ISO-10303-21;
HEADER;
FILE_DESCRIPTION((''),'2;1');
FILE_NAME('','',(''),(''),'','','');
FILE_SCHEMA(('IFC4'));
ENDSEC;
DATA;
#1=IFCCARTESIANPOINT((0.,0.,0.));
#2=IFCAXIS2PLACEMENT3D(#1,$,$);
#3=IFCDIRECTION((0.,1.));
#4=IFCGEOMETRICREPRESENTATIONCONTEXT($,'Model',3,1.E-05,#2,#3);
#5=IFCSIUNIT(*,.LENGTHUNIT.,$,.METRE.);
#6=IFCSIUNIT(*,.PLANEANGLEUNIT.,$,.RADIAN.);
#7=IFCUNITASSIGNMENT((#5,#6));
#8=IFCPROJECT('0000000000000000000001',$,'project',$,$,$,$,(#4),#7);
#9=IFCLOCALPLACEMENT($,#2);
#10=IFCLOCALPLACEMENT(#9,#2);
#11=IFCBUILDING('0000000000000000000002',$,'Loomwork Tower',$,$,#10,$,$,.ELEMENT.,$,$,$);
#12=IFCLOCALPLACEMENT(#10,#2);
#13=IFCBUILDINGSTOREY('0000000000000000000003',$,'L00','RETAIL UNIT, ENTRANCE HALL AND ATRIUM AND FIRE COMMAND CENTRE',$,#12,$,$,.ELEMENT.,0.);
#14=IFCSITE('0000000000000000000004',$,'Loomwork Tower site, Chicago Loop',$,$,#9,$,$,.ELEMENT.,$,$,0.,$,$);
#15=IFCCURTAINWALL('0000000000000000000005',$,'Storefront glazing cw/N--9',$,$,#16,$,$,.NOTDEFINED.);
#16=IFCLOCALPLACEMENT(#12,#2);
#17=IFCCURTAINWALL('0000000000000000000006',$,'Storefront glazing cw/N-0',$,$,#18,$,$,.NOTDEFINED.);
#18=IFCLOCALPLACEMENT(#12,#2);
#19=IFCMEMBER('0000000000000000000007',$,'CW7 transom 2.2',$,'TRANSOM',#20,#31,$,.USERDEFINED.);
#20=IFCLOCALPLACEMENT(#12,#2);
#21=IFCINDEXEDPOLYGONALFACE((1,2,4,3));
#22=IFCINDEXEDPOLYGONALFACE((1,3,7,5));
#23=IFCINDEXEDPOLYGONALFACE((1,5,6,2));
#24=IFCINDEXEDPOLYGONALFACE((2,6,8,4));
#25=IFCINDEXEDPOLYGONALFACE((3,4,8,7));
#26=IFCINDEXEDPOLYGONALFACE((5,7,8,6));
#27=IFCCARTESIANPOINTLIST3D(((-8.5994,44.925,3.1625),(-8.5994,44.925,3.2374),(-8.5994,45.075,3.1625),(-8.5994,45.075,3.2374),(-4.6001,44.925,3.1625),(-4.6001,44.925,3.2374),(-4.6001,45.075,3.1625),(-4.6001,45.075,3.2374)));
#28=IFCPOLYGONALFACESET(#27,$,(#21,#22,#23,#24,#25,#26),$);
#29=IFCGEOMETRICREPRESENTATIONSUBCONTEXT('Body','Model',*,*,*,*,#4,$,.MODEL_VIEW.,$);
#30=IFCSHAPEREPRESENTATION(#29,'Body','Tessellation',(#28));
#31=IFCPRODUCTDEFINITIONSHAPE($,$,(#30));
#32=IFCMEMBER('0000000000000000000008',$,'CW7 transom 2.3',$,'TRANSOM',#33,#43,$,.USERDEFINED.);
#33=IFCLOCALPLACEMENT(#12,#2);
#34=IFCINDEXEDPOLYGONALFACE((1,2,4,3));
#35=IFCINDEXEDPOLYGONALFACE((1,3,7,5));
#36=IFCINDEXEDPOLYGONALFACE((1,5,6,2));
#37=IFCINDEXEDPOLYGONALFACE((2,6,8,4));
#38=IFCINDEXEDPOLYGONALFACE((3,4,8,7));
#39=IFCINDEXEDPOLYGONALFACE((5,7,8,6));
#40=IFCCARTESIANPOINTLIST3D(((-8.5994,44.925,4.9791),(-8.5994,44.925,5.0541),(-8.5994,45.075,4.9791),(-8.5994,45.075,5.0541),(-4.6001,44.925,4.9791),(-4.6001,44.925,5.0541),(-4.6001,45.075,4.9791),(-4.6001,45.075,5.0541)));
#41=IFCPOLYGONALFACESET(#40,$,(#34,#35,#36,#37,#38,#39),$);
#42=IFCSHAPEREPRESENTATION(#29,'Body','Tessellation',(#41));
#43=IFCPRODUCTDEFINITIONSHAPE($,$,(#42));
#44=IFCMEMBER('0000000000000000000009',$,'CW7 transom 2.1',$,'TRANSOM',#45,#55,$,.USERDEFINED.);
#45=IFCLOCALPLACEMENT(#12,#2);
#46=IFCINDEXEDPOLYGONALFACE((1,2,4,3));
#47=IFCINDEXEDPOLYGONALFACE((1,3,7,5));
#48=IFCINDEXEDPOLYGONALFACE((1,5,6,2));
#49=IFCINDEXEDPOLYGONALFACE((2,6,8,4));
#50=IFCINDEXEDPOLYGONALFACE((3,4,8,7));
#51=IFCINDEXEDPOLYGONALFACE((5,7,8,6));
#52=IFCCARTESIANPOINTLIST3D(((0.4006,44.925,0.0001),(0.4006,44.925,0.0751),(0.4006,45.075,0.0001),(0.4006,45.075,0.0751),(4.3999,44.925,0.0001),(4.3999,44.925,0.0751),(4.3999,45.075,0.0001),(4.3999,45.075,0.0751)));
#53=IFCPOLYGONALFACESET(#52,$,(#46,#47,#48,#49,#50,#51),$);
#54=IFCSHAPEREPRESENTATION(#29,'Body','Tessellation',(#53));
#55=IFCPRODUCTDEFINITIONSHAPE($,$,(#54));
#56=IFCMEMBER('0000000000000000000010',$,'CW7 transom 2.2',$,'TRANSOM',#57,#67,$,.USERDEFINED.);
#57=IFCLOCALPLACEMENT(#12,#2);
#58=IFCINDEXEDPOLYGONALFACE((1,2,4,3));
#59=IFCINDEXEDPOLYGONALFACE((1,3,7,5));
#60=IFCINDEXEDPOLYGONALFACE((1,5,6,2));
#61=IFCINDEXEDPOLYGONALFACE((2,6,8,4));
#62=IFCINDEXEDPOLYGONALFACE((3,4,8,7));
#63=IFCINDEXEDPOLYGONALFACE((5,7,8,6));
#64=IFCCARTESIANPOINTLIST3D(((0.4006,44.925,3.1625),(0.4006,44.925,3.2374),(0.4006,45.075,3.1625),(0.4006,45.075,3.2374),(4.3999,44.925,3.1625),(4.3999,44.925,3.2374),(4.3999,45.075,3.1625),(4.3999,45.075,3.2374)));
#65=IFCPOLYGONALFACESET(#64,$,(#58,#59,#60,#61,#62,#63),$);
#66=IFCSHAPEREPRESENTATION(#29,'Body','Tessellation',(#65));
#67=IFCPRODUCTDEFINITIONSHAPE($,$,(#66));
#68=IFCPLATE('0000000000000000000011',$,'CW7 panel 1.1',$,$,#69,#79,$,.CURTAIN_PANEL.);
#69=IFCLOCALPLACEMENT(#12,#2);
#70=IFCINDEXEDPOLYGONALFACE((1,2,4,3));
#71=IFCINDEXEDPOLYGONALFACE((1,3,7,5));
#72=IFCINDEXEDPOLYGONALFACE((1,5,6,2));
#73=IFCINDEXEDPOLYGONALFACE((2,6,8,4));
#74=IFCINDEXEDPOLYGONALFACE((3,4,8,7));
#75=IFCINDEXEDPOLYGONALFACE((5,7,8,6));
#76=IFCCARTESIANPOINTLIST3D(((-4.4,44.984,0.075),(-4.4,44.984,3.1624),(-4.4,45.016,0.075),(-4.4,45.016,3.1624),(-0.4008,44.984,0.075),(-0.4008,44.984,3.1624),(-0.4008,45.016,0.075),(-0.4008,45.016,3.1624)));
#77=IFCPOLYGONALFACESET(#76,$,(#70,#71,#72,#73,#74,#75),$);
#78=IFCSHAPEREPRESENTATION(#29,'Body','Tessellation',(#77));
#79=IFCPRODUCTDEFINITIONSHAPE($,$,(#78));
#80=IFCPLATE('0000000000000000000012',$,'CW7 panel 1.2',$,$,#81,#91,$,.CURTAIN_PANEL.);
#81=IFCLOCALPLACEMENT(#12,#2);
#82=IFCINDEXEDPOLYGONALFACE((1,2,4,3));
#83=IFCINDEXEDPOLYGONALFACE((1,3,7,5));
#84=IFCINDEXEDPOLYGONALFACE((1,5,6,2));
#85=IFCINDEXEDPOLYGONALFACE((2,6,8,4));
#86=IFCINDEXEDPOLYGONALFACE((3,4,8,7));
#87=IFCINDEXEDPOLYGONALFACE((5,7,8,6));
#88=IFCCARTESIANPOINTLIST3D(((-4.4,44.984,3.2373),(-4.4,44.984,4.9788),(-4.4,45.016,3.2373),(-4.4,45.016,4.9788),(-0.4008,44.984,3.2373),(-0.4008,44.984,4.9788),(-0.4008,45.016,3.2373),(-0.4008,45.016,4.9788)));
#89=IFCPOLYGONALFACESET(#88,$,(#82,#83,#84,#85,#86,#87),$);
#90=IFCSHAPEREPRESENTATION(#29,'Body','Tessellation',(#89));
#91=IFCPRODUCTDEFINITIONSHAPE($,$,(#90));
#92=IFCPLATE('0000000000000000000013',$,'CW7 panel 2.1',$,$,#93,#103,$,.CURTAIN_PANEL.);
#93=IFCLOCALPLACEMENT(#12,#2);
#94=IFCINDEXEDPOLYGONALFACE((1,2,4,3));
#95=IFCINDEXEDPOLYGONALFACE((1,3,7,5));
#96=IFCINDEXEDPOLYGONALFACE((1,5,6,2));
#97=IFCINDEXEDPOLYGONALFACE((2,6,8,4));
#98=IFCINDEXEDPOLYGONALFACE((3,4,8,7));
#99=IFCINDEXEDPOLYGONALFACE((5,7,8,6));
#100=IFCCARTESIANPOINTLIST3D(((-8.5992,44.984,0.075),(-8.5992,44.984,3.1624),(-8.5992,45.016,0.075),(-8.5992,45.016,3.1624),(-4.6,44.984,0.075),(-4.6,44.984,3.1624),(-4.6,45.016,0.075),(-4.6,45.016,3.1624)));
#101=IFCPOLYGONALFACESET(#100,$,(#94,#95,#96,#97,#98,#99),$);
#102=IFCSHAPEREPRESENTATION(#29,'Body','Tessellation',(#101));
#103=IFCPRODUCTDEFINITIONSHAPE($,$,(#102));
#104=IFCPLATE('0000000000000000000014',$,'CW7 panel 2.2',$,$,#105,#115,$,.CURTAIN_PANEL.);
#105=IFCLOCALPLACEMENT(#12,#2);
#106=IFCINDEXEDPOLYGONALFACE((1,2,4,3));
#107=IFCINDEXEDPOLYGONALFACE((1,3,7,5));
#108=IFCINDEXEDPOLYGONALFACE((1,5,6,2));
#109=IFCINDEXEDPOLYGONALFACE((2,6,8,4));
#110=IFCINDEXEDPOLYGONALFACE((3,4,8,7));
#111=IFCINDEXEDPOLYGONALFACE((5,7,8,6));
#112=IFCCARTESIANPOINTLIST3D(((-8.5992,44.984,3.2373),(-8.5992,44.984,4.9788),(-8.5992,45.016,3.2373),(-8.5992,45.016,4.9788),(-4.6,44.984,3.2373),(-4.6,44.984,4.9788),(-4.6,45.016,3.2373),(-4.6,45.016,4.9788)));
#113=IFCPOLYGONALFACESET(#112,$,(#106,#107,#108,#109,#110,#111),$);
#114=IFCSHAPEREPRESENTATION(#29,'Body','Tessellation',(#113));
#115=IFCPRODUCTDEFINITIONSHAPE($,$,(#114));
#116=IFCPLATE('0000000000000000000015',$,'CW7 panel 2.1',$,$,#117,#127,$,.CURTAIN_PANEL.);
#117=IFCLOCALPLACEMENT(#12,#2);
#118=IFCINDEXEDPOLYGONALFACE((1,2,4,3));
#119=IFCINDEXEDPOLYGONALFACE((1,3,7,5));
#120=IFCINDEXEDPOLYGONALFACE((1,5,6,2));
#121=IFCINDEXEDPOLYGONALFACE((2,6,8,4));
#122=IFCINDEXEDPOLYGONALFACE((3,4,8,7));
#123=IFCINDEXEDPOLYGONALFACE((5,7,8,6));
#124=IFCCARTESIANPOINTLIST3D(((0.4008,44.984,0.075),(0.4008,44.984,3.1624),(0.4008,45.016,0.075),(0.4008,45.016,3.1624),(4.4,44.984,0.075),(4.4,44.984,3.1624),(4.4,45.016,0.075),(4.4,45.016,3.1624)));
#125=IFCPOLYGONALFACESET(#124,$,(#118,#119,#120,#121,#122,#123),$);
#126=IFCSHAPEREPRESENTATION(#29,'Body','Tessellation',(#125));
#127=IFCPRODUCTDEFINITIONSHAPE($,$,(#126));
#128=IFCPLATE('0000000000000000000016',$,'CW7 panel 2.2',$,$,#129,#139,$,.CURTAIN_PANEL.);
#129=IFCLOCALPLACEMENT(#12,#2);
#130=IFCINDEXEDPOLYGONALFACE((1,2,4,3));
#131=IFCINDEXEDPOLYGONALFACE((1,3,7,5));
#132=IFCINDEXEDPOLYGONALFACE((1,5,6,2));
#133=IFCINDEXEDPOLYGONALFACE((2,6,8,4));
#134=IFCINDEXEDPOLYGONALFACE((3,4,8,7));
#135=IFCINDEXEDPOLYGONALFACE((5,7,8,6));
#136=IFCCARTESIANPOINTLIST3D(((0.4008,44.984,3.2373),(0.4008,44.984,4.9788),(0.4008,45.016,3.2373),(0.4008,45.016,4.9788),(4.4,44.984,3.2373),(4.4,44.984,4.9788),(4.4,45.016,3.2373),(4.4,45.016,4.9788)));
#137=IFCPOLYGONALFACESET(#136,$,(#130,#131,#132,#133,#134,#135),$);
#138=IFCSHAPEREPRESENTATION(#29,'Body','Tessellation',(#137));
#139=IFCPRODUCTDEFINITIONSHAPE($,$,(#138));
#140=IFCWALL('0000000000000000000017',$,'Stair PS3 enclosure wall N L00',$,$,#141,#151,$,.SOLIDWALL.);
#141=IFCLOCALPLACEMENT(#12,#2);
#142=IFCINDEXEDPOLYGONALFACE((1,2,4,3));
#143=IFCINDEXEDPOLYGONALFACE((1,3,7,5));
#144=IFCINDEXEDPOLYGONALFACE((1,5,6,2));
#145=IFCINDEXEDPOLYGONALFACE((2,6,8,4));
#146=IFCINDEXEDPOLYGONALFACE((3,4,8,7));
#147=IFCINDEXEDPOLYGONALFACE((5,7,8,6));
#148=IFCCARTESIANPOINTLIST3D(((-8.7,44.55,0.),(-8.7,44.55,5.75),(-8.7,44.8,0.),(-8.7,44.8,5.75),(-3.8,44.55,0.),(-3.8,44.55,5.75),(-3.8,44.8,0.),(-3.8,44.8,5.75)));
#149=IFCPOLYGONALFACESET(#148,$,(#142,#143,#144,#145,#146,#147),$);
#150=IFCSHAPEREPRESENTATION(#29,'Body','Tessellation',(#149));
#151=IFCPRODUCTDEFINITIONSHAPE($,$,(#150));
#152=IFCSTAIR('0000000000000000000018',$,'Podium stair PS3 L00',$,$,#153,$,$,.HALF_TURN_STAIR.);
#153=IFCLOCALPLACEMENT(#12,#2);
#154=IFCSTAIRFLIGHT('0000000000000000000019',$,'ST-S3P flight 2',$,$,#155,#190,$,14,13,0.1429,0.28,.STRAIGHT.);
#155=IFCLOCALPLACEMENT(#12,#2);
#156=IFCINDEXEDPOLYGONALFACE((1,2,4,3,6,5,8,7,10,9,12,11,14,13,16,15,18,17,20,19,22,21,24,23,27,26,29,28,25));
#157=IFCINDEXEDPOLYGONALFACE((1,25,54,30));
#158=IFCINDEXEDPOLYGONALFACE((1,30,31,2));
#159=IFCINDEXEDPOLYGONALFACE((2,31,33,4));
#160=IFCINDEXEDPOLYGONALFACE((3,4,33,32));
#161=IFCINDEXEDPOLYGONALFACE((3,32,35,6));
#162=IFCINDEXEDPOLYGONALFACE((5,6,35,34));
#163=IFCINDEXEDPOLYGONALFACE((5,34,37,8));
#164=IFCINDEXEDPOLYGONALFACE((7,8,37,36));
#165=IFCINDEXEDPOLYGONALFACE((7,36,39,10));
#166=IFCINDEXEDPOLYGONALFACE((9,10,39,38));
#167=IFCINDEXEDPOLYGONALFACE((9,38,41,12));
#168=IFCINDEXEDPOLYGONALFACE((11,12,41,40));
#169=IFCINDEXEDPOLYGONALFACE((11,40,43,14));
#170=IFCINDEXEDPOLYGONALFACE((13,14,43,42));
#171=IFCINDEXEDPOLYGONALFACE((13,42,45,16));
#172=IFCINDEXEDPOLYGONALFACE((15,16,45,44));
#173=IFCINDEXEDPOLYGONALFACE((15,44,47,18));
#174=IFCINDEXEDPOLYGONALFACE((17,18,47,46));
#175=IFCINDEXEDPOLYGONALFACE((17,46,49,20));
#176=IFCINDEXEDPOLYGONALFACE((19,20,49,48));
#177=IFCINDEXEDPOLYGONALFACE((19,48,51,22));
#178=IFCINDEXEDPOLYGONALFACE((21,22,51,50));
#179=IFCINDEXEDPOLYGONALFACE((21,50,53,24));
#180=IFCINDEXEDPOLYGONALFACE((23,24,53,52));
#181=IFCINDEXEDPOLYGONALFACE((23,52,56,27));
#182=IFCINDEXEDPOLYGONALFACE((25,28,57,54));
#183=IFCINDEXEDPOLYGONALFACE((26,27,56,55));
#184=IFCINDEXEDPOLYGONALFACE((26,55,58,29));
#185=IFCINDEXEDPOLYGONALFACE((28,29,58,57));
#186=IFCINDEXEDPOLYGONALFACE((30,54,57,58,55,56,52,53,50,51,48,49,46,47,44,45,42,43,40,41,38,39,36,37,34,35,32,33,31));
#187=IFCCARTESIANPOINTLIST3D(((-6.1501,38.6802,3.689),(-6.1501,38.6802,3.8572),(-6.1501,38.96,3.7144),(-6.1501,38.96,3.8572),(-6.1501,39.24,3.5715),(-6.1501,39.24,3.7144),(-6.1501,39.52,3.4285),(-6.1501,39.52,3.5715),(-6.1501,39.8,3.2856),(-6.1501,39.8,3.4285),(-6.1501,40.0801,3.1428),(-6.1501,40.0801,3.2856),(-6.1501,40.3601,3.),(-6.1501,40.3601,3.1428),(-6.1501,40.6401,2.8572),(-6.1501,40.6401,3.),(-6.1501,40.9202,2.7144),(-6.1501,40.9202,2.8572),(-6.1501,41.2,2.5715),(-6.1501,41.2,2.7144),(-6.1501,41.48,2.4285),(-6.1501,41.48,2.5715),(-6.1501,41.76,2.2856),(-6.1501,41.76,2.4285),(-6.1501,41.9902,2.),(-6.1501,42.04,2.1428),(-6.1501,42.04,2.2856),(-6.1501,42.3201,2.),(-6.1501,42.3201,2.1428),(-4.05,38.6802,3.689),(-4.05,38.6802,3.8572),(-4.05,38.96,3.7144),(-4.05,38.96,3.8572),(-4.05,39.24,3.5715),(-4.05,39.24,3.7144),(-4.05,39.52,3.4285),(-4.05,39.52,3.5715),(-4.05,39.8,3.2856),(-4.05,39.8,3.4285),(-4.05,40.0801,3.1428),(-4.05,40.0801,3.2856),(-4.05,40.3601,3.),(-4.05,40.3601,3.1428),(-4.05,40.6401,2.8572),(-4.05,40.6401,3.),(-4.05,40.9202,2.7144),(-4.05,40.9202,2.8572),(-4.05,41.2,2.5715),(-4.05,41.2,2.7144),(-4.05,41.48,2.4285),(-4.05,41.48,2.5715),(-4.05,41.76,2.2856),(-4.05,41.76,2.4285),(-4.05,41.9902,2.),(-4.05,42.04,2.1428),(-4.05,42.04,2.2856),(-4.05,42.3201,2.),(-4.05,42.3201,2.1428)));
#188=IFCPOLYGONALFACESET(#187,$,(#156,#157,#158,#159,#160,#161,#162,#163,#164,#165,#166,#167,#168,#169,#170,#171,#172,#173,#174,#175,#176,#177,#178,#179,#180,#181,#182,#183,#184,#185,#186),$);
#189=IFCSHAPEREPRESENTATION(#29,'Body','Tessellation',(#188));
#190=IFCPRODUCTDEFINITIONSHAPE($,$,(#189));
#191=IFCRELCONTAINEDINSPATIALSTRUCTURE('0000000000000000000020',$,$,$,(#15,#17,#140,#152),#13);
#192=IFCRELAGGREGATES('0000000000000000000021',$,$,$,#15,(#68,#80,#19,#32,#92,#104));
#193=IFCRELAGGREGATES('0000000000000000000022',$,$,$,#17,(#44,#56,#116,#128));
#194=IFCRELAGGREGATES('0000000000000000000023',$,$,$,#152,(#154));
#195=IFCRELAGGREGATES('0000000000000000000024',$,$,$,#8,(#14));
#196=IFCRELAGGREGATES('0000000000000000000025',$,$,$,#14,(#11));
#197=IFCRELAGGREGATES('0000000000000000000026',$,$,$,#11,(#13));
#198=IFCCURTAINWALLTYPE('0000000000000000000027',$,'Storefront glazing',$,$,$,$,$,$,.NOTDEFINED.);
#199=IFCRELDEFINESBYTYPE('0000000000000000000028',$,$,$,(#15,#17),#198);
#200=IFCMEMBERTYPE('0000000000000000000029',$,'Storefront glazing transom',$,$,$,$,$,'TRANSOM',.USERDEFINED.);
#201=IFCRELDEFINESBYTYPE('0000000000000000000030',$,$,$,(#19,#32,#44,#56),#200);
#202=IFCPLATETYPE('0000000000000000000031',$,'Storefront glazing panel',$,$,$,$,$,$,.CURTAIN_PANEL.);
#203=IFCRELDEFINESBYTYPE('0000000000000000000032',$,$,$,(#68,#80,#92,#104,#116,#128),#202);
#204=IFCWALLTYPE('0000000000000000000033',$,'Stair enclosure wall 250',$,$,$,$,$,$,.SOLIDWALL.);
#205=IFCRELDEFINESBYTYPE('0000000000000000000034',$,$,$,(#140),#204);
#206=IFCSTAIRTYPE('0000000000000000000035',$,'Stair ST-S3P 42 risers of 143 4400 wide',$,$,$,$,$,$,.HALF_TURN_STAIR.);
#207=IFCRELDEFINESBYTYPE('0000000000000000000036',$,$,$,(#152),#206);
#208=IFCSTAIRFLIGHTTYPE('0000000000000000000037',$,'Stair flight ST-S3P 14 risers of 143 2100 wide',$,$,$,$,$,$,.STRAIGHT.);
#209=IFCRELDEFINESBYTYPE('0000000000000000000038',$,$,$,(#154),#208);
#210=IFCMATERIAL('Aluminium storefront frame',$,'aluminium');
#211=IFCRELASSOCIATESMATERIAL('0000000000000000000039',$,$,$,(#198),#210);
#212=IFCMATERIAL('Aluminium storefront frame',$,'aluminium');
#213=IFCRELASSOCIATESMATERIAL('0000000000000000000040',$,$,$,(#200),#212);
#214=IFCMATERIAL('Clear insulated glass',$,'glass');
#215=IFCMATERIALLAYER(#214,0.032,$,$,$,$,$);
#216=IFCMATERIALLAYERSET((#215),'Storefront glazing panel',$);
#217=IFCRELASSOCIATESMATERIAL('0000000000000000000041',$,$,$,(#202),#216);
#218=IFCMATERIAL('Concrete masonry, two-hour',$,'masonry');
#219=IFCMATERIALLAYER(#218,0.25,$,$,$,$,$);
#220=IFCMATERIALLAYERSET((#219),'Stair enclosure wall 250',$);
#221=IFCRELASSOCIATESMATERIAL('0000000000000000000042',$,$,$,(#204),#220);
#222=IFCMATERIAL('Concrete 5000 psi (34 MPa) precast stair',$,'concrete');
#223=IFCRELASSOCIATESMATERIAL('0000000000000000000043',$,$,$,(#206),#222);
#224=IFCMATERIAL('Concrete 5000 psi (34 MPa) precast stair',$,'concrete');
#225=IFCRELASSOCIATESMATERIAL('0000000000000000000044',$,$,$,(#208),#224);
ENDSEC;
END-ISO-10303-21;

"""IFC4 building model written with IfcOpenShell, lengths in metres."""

from ifc_helpers import new_model, si_unit, direction, frame, frame_2d, origin, origin_2d, place, context, subcontext, project, spatial, polyline, rectangle, outline, extrude, material, layer, layer_set, material_profile, profile_set, type_object, element, aggregate, save


model = new_model("IFC4")

# Units and contexts
model_context = context("Model", 3, precision=1e-05, world=origin(), true_north=direction((0.0, 1.0)))
body_context = subcontext(model_context, "Body", "Model", "MODEL_VIEW")
ifc_project = project(units=[si_unit("LENGTHUNIT", "METRE"), si_unit("PLANEANGLEUNIT", "RADIAN")], contexts=[model_context])

# Site, building, storey
site_placement = place(None, origin())
site = spatial("IfcSite", under=ifc_project, at=site_placement, Name="Loomwork Tower site, Chicago Loop", CompositionType="ELEMENT", RefElevation=0.0)
building_placement = place(site_placement, origin())
building = spatial("IfcBuilding", under=site, at=building_placement, Name="Loomwork Tower", CompositionType="ELEMENT")
storey_placement = place(building_placement, origin())
storey = spatial("IfcBuildingStorey", under=building, at=storey_placement, Name="L00", Description="RETAIL UNIT, ENTRANCE HALL AND ATRIUM AND FIRE COMMAND CENTRE", CompositionType="ELEMENT", Elevation=0.0)

# Curtain wall
ifc_material_1 = material(Name="Aluminium storefront frame", Category="aluminium")
curtain_wall_type = type_object("IfcCurtainWallType", Name="Storefront glazing", PredefinedType="NOTDEFINED", material=ifc_material_1)
curtain_wall_1_placement = place(storey_placement, origin())
curtain_wall_1 = element("IfcCurtainWall", 1, at=curtain_wall_1_placement, inside=storey, type_object=curtain_wall_type, Name="Storefront glazing cw/N--9", PredefinedType="NOTDEFINED")

# Curtain wall
curtain_wall_2_placement = place(storey_placement, origin())
curtain_wall_2 = element("IfcCurtainWall", 2, at=curtain_wall_2_placement, inside=storey, type_object=curtain_wall_type, Name="Storefront glazing cw/N-0", PredefinedType="NOTDEFINED")

# Members
ifc_material_2 = material(Name="Aluminium storefront frame", Category="aluminium")
ifc_material_profile_1 = material_profile(ifc_material_2, rectangle(XDim=0.1499, YDim=0.075, at=origin_2d()), Name="AL 75x150")
ifc_profile_set_1 = profile_set([ifc_material_profile_1], Name="Aluminium storefront frame")
member_type_1 = type_object("IfcMemberType", Name="Storefront glazing transom", ElementType="TRANSOM", PredefinedType="USERDEFINED", material=ifc_profile_set_1)
member_1_placement = place(storey_placement, frame((-4.6001, 45.0, 3.2), z_axis=(-1.0, 0.0, 0.0), x_axis=(0.0, -1.0, 0.0)))
member_1 = element("IfcMember", 3, at=member_1_placement, type_object=member_type_1, Name="CW7 transom 2.2", ObjectType="TRANSOM", PredefinedType="USERDEFINED", context=body_context, shape_type="SweptSolid", body=[
    extrude(rectangle(XDim=0.1499, YDim=0.075, at=origin_2d()), origin(), (0.0, 0.0, 1.0), 3.9993),
])
member_2_placement = place(storey_placement, frame((-4.6001, 45.0, 5.0166), z_axis=(-1.0, 0.0, 0.0), x_axis=(0.0, -1.0, 0.0)))
member_2 = element("IfcMember", 4, at=member_2_placement, type_object=member_type_1, Name="CW7 transom 2.3", ObjectType="TRANSOM", PredefinedType="USERDEFINED", context=body_context, shape_type="SweptSolid", body=[
    extrude(rectangle(XDim=0.1499, YDim=0.075, at=origin_2d()), origin(), (0.0, 0.0, 1.0), 3.9993),
])
member_3_placement = place(storey_placement, frame((4.3999, 45.0, 0.0376), z_axis=(-1.0, 0.0, 0.0), x_axis=(0.0, -1.0, 0.0)))
member_3 = element("IfcMember", 5, at=member_3_placement, type_object=member_type_1, Name="CW7 transom 2.1", ObjectType="TRANSOM", PredefinedType="USERDEFINED", context=body_context, shape_type="SweptSolid", body=[
    extrude(rectangle(XDim=0.1499, YDim=0.075, at=origin_2d()), origin(), (0.0, 0.0, 1.0), 3.9993),
])
member_4_placement = place(storey_placement, frame((4.3999, 45.0, 3.2), z_axis=(-1.0, 0.0, 0.0), x_axis=(0.0, -1.0, 0.0)))
member_4 = element("IfcMember", 6, at=member_4_placement, type_object=member_type_1, Name="CW7 transom 2.2", ObjectType="TRANSOM", PredefinedType="USERDEFINED", context=body_context, shape_type="SweptSolid", body=[
    extrude(rectangle(XDim=0.1499, YDim=0.075, at=origin_2d()), origin(), (0.0, 0.0, 1.0), 3.9993),
])

# Plates
ifc_material_3 = material(Name="Clear insulated glass", Category="glass")
ifc_layer_1 = layer(ifc_material_3, 0.032)
ifc_layer_set_1 = layer_set([ifc_layer_1], Name="Storefront glazing panel")
plate_type = type_object("IfcPlateType", Name="Storefront glazing panel", PredefinedType="CURTAIN_PANEL", material=ifc_layer_set_1)
plate_1_placement = place(storey_placement, frame((-2.4004, 45.0, 0.075), z_axis=(0.0, 0.0, 1.0), x_axis=(-1.0, 0.0, 0.0)))
plate_1 = element("IfcPlate", 7, at=plate_1_placement, type_object=plate_type, Name="CW7 panel 1.1", PredefinedType="CURTAIN_PANEL", context=body_context, shape_type="SweptSolid", body=[
    extrude(rectangle(XDim=3.9993, YDim=0.032, at=origin_2d()), origin(), (0.0, 0.0, 1.0), 3.0874),
])
plate_2_placement = place(storey_placement, frame((-2.4004, 45.0, 3.2373), z_axis=(0.0, 0.0, 1.0), x_axis=(-1.0, 0.0, 0.0)))
plate_2 = element("IfcPlate", 8, at=plate_2_placement, type_object=plate_type, Name="CW7 panel 1.2", PredefinedType="CURTAIN_PANEL", context=body_context, shape_type="SweptSolid", body=[
    extrude(rectangle(XDim=3.9993, YDim=0.032, at=origin_2d()), origin(), (0.0, 0.0, 1.0), 1.7415),
])
plate_3_placement = place(storey_placement, frame((-6.5996, 45.0, 0.075), z_axis=(0.0, 0.0, 1.0), x_axis=(-1.0, 0.0, 0.0)))
plate_3 = element("IfcPlate", 9, at=plate_3_placement, type_object=plate_type, Name="CW7 panel 2.1", PredefinedType="CURTAIN_PANEL", context=body_context, shape_type="SweptSolid", body=[
    extrude(rectangle(XDim=3.9993, YDim=0.032, at=origin_2d()), origin(), (0.0, 0.0, 1.0), 3.0874),
])
plate_4_placement = place(storey_placement, frame((-6.5996, 45.0, 3.2373), z_axis=(0.0, 0.0, 1.0), x_axis=(-1.0, 0.0, 0.0)))
plate_4 = element("IfcPlate", 10, at=plate_4_placement, type_object=plate_type, Name="CW7 panel 2.2", PredefinedType="CURTAIN_PANEL", context=body_context, shape_type="SweptSolid", body=[
    extrude(rectangle(XDim=3.9993, YDim=0.032, at=origin_2d()), origin(), (0.0, 0.0, 1.0), 1.7415),
])
aggregate(curtain_wall_1, [plate_1, plate_2, member_1, member_2, plate_3, plate_4])
plate_5_placement = place(storey_placement, frame((2.4004, 45.0, 0.075), z_axis=(0.0, 0.0, 1.0), x_axis=(-1.0, 0.0, 0.0)))
plate_5 = element("IfcPlate", 11, at=plate_5_placement, type_object=plate_type, Name="CW7 panel 2.1", PredefinedType="CURTAIN_PANEL", context=body_context, shape_type="SweptSolid", body=[
    extrude(rectangle(XDim=3.9993, YDim=0.032, at=origin_2d()), origin(), (0.0, 0.0, 1.0), 3.0874),
])
plate_6_placement = place(storey_placement, frame((2.4004, 45.0, 3.2373), z_axis=(0.0, 0.0, 1.0), x_axis=(-1.0, 0.0, 0.0)))
plate_6 = element("IfcPlate", 12, at=plate_6_placement, type_object=plate_type, Name="CW7 panel 2.2", PredefinedType="CURTAIN_PANEL", context=body_context, shape_type="SweptSolid", body=[
    extrude(rectangle(XDim=3.9993, YDim=0.032, at=origin_2d()), origin(), (0.0, 0.0, 1.0), 1.7415),
])
aggregate(curtain_wall_2, [member_3, member_4, plate_5, plate_6])

# Wall
ifc_material_4 = material(Name="Concrete masonry, two-hour", Category="masonry")
ifc_layer_2 = layer(ifc_material_4, 0.25)
ifc_layer_set_2 = layer_set([ifc_layer_2], Name="Stair enclosure wall 250")
wall_type = type_object("IfcWallType", Name="Stair enclosure wall 250", PredefinedType="SOLIDWALL", material=ifc_layer_set_2)
wall_placement = place(storey_placement, frame((-8.7, 44.675, 0.0), z_axis=(0.0, 0.0, 1.0), x_axis=(1.0, 0.0, 0.0)))
element("IfcWall", 13, at=wall_placement, inside=storey, type_object=wall_type, Name="Stair PS3 enclosure wall N L00", PredefinedType="SOLIDWALL", context=body_context, shape_type="SweptSolid", body=[
    extrude(rectangle(XDim=4.8999, YDim=0.25, at=frame_2d((2.45, 0.0))), origin(), (0.0, 0.0, 1.0), 5.75),
])

# Stair, stair flight
ifc_material_5 = material(Name="Concrete 5000 psi (34 MPa) precast stair", Category="concrete")
stair_type = type_object("IfcStairType", Name="Stair ST-S3P 42 risers of 143 4400 wide", PredefinedType="HALF_TURN_STAIR", material=ifc_material_5)
stair_placement = place(storey_placement, origin())
stair = element("IfcStair", 14, at=stair_placement, inside=storey, type_object=stair_type, Name="Podium stair PS3 L00", PredefinedType="HALF_TURN_STAIR")
ifc_material_6 = material(Name="Concrete 5000 psi (34 MPa) precast stair", Category="concrete")
stair_flight_type = type_object("IfcStairFlightType", Name="Stair flight ST-S3P 14 risers of 143 2100 wide", PredefinedType="STRAIGHT", material=ifc_material_6)
stair_flight_placement = place(storey_placement, frame((-5.1001, 42.3201, 2.0), z_axis=(0.0, 0.0, 1.0), x_axis=(0.0, -1.0, 0.0)))
stair_flight = element("IfcStairFlight", 15, at=stair_flight_placement, type_object=stair_flight_type, Name="ST-S3P flight 2", NumberOfRisers=14, NumberOfTreads=13, PredefinedType="STRAIGHT", RiserHeight=0.1429, TreadLength=0.28, context=body_context, shape_type="SweptSolid", body=[
    extrude(outline(polyline([(0.0, 0.0), (0.0, 0.1428), (0.28, 0.1428), (0.28, 0.2856), (0.5601, 0.2856), (0.5601, 0.4285), (0.8401, 0.4285), (0.8401, 0.5715), (1.1201, 0.5715), (1.1201, 0.7144), (1.3999, 0.7144), (1.3999, 0.8572), (1.6799, 0.8572), (1.6799, 1.0), (1.96, 1.0), (1.96, 1.1428), (2.24, 1.1428), (2.24, 1.2856), (2.52, 1.2856), (2.52, 1.4285), (2.8, 1.4285), (2.8, 1.5715), (3.0801, 1.5715), (3.0801, 1.7144), (3.3601, 1.7144), (3.3601, 1.8572), (3.6399, 1.8572), (3.6399, 2.0), (3.6399, 1.689), (0.3298, 0.0), (0.0, 0.0)])), frame((0.0, 1.05, 0.0), z_axis=(0.0, -1.0, 0.0), x_axis=(1.0, 0.0, 0.0)), (0.0, 0.0, 1.0), 2.1001),
])
aggregate(stair, [stair_flight])

save(model, "model.ifc")
